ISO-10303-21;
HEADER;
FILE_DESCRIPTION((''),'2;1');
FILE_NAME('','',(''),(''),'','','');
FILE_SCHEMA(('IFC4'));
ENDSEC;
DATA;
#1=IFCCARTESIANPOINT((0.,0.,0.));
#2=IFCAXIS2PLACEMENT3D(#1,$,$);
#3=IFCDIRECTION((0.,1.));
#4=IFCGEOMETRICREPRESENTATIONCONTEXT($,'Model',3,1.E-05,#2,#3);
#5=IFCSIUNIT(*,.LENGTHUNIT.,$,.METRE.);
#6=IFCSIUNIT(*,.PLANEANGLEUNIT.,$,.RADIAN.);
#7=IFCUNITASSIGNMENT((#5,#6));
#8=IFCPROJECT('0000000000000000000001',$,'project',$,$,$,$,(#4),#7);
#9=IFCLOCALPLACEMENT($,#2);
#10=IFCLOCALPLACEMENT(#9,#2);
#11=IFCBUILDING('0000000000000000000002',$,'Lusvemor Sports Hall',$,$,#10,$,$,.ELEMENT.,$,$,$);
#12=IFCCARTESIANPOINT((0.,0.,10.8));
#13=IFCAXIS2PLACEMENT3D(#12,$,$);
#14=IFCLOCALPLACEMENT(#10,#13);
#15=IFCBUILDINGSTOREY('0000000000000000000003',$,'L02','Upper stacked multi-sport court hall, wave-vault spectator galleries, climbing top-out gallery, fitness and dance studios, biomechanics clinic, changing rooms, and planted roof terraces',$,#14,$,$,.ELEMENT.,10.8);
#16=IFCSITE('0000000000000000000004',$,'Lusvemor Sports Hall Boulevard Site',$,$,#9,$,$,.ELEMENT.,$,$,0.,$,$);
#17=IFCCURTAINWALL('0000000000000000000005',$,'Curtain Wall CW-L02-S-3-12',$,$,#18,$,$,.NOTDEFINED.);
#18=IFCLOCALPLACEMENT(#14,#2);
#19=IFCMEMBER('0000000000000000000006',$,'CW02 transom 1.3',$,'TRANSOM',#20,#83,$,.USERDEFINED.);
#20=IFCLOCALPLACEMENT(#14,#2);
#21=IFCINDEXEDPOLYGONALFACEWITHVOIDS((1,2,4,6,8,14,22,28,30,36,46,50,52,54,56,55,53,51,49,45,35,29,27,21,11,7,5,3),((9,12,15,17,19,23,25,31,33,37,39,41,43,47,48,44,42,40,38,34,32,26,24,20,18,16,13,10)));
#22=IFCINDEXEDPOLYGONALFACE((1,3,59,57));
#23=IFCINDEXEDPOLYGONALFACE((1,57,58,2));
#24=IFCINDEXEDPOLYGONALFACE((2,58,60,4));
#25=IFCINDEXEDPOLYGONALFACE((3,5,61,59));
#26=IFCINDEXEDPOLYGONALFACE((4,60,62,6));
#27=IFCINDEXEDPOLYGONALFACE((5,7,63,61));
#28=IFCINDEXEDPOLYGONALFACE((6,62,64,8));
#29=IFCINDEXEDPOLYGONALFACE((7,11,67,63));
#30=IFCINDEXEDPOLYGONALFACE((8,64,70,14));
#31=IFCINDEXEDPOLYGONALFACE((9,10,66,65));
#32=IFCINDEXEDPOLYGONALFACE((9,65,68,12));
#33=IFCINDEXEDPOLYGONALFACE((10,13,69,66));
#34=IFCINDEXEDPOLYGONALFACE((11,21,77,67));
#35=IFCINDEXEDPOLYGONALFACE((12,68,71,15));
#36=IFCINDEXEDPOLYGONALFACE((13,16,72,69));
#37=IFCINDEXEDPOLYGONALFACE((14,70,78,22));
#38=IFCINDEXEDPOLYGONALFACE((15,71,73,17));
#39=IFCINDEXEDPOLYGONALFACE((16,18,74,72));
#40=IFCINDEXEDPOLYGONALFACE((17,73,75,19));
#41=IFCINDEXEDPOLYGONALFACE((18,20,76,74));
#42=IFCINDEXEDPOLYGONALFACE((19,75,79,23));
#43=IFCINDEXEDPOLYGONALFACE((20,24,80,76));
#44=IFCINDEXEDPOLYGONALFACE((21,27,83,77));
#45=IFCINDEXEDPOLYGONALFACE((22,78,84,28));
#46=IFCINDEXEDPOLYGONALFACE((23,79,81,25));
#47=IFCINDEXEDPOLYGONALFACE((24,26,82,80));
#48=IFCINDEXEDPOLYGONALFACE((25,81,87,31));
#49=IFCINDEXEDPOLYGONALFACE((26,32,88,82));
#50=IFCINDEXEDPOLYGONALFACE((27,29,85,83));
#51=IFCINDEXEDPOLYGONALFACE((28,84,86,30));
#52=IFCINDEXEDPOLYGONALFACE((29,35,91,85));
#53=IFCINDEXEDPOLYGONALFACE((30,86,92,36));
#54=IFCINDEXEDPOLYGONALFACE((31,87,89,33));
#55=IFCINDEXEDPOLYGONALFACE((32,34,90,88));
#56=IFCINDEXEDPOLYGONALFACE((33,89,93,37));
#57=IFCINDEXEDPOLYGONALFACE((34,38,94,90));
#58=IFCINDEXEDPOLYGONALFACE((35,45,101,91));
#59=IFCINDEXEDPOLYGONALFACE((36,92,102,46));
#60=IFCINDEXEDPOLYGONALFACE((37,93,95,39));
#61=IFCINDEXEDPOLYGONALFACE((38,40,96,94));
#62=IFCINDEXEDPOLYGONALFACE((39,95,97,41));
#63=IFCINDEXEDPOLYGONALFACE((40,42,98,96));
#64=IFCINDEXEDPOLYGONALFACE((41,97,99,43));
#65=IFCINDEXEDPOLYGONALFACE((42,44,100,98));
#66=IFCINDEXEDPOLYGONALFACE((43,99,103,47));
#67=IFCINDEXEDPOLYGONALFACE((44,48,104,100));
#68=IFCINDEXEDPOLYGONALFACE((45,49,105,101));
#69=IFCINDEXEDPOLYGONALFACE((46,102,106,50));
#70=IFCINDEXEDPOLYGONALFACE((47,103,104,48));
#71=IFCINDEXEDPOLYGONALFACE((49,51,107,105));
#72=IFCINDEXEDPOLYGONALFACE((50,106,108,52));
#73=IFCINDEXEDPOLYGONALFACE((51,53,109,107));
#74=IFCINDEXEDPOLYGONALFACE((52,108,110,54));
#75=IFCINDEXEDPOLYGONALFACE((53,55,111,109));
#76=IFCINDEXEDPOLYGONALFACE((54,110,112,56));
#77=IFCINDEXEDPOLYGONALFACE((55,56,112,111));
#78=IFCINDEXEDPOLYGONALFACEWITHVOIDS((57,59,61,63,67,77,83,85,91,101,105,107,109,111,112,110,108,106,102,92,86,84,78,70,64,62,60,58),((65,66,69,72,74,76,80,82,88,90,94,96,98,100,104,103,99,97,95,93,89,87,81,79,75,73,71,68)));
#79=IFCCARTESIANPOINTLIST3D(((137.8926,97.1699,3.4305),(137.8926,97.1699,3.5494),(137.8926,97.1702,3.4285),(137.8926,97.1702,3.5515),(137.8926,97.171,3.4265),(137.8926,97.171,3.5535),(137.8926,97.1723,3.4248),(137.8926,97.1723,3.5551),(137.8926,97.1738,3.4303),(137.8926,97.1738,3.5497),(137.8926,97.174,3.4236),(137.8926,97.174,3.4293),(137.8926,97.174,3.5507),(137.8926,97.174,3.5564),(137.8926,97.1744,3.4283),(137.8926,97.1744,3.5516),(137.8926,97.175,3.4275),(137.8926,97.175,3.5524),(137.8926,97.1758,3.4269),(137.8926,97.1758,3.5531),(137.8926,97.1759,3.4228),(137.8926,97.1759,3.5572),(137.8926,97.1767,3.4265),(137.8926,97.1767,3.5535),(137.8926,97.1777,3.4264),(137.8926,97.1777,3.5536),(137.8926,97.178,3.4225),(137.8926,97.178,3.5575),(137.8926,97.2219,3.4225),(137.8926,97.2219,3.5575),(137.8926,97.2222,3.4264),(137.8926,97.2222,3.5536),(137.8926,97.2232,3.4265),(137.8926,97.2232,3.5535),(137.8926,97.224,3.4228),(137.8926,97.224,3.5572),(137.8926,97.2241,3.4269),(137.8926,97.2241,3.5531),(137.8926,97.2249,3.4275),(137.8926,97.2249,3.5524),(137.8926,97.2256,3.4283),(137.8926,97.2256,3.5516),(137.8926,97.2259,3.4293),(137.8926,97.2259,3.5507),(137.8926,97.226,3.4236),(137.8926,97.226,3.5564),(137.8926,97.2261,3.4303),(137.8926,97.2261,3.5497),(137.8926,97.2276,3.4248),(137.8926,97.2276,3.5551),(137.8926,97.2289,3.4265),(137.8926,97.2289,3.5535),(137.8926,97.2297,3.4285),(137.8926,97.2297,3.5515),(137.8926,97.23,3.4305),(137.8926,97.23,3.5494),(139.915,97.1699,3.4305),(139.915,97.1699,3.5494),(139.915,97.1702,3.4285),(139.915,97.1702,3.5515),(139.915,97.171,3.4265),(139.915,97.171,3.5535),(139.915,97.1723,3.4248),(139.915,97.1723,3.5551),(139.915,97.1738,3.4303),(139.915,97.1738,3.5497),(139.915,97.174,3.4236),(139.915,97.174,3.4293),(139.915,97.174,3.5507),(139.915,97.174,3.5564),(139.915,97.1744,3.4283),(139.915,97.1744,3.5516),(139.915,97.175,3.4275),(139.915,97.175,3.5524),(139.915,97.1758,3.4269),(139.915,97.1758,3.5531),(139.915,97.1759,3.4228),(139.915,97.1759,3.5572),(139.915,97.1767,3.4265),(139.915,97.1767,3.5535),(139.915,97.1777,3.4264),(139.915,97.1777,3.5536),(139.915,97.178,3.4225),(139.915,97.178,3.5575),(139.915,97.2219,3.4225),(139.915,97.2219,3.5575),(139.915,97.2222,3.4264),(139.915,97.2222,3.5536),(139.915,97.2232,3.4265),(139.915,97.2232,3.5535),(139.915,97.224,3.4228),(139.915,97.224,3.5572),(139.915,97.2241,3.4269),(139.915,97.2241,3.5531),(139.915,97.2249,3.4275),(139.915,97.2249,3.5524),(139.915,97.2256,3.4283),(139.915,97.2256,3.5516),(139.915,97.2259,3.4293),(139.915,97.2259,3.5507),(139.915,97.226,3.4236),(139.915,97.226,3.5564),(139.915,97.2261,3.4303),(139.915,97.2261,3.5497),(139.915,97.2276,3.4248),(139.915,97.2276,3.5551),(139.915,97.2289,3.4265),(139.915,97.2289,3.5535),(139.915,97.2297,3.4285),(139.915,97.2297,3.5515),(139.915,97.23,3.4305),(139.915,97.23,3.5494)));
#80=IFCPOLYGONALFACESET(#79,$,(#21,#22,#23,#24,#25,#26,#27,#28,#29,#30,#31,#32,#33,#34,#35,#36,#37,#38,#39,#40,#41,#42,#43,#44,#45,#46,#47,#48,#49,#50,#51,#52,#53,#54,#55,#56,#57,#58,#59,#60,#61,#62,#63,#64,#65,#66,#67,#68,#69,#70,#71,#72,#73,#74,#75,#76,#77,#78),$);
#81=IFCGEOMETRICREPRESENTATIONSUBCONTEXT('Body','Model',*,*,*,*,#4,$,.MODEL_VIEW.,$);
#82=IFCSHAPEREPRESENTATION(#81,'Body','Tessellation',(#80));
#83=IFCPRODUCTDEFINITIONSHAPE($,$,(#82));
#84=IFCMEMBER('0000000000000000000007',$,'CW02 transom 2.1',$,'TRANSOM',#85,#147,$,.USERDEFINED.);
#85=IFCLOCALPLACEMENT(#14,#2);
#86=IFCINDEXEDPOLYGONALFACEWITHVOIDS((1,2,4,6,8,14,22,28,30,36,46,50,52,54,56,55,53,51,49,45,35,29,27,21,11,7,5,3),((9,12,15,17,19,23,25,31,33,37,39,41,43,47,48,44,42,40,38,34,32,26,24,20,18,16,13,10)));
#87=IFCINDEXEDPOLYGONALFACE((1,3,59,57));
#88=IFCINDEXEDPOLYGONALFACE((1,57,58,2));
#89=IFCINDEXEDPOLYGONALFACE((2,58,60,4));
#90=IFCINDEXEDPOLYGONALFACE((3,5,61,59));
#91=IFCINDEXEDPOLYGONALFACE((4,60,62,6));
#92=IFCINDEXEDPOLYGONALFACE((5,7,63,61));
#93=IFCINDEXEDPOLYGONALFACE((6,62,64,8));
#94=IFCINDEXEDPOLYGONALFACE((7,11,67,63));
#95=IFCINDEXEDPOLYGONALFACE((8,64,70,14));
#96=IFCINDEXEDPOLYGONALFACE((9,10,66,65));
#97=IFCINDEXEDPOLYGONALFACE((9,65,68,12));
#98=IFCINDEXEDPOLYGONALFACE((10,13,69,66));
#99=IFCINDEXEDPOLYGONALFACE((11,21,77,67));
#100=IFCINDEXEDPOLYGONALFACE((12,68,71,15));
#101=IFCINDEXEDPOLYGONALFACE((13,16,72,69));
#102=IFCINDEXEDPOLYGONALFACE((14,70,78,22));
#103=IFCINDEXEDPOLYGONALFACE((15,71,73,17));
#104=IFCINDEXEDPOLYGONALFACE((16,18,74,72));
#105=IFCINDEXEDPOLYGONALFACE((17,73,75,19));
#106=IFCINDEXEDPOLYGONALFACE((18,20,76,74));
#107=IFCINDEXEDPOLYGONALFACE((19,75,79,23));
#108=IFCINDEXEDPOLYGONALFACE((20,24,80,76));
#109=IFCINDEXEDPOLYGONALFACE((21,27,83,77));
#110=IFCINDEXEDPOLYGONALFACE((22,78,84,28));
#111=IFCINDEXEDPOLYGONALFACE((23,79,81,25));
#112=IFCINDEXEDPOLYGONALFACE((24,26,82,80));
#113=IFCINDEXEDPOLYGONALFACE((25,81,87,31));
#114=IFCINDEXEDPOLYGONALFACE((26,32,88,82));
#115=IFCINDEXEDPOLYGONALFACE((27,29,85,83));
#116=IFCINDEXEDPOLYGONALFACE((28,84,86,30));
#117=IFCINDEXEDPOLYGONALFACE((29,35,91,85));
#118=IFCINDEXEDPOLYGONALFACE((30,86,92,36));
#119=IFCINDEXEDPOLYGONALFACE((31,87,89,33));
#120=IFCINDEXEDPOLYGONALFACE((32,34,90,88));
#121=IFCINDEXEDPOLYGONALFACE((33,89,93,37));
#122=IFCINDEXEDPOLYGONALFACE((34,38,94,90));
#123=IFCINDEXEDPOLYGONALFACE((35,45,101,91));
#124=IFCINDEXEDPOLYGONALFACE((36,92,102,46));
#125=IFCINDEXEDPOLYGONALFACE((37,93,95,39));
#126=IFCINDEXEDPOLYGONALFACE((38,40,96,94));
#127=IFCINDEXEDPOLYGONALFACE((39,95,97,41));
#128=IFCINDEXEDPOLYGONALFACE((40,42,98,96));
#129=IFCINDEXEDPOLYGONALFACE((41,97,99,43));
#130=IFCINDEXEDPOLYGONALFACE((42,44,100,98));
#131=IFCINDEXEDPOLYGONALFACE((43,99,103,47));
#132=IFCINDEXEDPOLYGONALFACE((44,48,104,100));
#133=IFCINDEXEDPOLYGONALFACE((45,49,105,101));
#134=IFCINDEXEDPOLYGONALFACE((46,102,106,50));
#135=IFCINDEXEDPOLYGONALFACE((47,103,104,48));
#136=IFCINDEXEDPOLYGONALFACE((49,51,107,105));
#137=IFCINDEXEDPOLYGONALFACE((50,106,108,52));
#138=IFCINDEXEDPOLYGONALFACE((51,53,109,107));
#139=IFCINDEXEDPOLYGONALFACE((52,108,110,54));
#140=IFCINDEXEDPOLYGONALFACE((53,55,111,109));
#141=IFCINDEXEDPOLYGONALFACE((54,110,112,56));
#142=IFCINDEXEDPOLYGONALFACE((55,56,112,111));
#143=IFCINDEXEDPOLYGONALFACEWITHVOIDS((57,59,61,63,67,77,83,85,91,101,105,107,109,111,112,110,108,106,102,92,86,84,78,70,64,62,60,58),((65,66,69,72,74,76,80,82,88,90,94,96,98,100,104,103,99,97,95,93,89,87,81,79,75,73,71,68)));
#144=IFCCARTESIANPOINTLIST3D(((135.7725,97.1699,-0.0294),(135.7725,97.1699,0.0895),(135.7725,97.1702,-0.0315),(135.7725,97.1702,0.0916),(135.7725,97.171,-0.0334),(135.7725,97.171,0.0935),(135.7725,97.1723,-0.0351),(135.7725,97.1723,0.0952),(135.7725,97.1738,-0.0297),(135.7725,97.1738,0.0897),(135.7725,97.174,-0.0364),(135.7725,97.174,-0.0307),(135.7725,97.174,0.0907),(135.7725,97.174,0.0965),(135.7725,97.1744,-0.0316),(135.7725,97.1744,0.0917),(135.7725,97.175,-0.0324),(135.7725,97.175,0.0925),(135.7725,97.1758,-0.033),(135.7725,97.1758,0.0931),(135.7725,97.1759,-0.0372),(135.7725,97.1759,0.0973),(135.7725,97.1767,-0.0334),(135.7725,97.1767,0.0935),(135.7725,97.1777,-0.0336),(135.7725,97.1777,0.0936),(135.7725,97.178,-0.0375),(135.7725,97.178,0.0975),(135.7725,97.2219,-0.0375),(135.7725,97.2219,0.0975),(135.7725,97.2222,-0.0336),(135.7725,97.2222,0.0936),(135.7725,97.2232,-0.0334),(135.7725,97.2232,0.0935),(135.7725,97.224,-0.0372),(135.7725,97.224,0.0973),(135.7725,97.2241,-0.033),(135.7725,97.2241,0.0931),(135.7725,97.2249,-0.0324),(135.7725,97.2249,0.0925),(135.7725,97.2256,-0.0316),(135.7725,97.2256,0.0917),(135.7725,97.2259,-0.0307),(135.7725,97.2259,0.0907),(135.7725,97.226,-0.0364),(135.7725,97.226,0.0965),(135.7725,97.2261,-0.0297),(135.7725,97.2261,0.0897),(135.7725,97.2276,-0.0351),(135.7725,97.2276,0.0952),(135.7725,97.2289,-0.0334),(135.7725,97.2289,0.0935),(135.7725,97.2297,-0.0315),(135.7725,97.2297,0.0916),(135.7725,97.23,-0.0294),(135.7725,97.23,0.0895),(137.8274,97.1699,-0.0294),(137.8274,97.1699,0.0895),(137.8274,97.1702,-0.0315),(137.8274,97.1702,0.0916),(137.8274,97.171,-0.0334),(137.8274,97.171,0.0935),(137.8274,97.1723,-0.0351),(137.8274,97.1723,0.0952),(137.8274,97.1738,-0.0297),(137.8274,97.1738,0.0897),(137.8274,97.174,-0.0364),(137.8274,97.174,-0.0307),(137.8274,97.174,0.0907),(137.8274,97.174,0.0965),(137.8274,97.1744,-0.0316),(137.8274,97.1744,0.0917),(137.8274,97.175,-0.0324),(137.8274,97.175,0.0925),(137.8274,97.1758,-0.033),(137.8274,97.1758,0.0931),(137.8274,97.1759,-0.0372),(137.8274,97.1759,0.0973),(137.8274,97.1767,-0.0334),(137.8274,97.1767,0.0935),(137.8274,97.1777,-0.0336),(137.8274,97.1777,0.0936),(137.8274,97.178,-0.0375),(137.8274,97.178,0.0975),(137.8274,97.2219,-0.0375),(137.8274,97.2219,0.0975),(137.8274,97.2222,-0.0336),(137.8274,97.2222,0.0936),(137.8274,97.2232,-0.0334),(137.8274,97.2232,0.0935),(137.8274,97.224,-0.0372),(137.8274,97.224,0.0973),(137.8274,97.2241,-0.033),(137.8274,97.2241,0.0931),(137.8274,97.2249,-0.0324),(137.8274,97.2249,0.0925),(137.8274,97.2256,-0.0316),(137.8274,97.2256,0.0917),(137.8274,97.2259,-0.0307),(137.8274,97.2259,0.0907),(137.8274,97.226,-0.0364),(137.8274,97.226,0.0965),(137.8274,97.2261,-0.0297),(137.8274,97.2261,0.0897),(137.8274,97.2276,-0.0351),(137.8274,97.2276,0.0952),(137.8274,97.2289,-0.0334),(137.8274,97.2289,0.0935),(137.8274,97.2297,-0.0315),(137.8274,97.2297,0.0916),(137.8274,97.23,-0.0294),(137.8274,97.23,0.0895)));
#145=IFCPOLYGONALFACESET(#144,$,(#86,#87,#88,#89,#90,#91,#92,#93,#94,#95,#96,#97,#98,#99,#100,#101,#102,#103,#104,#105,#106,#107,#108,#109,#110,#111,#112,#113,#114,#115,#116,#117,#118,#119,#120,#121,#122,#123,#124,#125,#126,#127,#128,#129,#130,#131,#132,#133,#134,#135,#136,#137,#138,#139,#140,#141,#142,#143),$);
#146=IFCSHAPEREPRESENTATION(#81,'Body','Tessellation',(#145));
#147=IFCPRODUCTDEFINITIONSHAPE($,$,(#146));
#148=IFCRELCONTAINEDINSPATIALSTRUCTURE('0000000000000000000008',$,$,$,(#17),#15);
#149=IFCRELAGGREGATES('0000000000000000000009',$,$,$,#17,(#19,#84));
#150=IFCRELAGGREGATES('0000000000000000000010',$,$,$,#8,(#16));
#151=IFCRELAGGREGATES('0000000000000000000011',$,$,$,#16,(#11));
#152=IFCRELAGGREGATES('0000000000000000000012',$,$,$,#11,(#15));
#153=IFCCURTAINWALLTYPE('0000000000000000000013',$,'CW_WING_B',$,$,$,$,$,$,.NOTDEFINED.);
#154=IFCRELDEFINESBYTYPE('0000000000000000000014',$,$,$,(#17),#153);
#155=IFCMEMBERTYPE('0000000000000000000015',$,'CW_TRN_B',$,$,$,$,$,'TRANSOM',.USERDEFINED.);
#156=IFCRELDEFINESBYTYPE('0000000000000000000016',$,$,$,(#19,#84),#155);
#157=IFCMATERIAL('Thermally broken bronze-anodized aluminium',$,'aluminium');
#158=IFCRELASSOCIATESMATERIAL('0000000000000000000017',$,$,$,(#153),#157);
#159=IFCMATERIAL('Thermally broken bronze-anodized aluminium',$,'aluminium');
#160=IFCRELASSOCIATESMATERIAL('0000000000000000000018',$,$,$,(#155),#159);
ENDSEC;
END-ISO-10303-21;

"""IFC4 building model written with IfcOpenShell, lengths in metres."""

from ifc_helpers import new_model, si_unit, direction, frame, origin, origin_2d, place, context, subcontext, project, spatial, hollow_rectangle, extrude, material, material_profile, profile_set, type_object, element, aggregate, save


model = new_model("IFC4")

# Units and contexts
model_context = context("Model", 3, precision=1e-05, world=origin(), true_north=direction((0.0, 1.0)))
body_context = subcontext(model_context, "Body", "Model", "MODEL_VIEW")
ifc_project = project(units=[si_unit("LENGTHUNIT", "METRE"), si_unit("PLANEANGLEUNIT", "RADIAN")], contexts=[model_context])

# Site, building, storey
site_placement = place(None, origin())
site = spatial("IfcSite", under=ifc_project, at=site_placement, Name="Lusvemor Sports Hall Boulevard Site", CompositionType="ELEMENT", RefElevation=0.0)
building_placement = place(site_placement, origin())
building = spatial("IfcBuilding", under=site, at=building_placement, Name="Lusvemor Sports Hall", CompositionType="ELEMENT")
storey_placement = place(building_placement, frame((0.0, 0.0, 10.8)))
storey = spatial("IfcBuildingStorey", under=building, at=storey_placement, Name="L02", Description="Upper stacked multi-sport court hall, wave-vault spectator galleries, climbing top-out gallery, fitness and dance studios, biomechanics clinic, changing rooms, and planted roof terraces", CompositionType="ELEMENT", Elevation=10.8)

# Curtain wall, members
ifc_material_1 = material(Name="Thermally broken bronze-anodized aluminium", Category="aluminium")
curtain_wall_type = type_object("IfcCurtainWallType", Name="CW_WING_B", PredefinedType="NOTDEFINED", material=ifc_material_1)
curtain_wall_placement = place(storey_placement, origin())
curtain_wall = element("IfcCurtainWall", 1, at=curtain_wall_placement, inside=storey, type_object=curtain_wall_type, Name="Curtain Wall CW-L02-S-3-12", PredefinedType="NOTDEFINED")
ifc_material_2 = material(Name="Thermally broken bronze-anodized aluminium", Category="aluminium")
ifc_material_profile_1 = material_profile(ifc_material_2, hollow_rectangle(XDim=0.0601, YDim=0.135, WallThickness=0.0039, InnerFilletRadius=0.0039, OuterFilletRadius=0.0081, at=origin_2d()), Name="CWTRN135x60x4")
ifc_profile_set_1 = profile_set([ifc_material_profile_1], Name="Thermally broken bronze-anodized aluminium")
member_type_1 = type_object("IfcMemberType", Name="CW_TRN_B", ElementType="TRANSOM", PredefinedType="USERDEFINED", material=ifc_profile_set_1)
member_1_placement = place(storey_placement, frame((139.915, 97.2, 3.49), z_axis=(-1.0, 0.0, 0.0), x_axis=(0.0, -1.0, 0.0)))
member_1 = element("IfcMember", 2, at=member_1_placement, type_object=member_type_1, Name="CW02 transom 1.3", ObjectType="TRANSOM", PredefinedType="USERDEFINED", context=body_context, shape_type="SweptSolid", body=[
    extrude(hollow_rectangle(XDim=0.0601, YDim=0.135, WallThickness=0.0039, InnerFilletRadius=0.0039, OuterFilletRadius=0.0081, at=origin_2d()), origin(), (0.0, 0.0, 1.0), 2.0225),
])
member_2_placement = place(storey_placement, frame((137.8274, 97.2, 0.03), z_axis=(-1.0, 0.0, 0.0), x_axis=(0.0, -1.0, 0.0)))
member_2 = element("IfcMember", 3, at=member_2_placement, type_object=member_type_1, Name="CW02 transom 2.1", ObjectType="TRANSOM", PredefinedType="USERDEFINED", context=body_context, shape_type="SweptSolid", body=[
    extrude(hollow_rectangle(XDim=0.0601, YDim=0.135, WallThickness=0.0039, InnerFilletRadius=0.0039, OuterFilletRadius=0.0081, at=origin_2d()), origin(), (0.0, 0.0, 1.0), 2.0549),
])
aggregate(curtain_wall, [member_1, member_2])

save(model, "model.ifc")
